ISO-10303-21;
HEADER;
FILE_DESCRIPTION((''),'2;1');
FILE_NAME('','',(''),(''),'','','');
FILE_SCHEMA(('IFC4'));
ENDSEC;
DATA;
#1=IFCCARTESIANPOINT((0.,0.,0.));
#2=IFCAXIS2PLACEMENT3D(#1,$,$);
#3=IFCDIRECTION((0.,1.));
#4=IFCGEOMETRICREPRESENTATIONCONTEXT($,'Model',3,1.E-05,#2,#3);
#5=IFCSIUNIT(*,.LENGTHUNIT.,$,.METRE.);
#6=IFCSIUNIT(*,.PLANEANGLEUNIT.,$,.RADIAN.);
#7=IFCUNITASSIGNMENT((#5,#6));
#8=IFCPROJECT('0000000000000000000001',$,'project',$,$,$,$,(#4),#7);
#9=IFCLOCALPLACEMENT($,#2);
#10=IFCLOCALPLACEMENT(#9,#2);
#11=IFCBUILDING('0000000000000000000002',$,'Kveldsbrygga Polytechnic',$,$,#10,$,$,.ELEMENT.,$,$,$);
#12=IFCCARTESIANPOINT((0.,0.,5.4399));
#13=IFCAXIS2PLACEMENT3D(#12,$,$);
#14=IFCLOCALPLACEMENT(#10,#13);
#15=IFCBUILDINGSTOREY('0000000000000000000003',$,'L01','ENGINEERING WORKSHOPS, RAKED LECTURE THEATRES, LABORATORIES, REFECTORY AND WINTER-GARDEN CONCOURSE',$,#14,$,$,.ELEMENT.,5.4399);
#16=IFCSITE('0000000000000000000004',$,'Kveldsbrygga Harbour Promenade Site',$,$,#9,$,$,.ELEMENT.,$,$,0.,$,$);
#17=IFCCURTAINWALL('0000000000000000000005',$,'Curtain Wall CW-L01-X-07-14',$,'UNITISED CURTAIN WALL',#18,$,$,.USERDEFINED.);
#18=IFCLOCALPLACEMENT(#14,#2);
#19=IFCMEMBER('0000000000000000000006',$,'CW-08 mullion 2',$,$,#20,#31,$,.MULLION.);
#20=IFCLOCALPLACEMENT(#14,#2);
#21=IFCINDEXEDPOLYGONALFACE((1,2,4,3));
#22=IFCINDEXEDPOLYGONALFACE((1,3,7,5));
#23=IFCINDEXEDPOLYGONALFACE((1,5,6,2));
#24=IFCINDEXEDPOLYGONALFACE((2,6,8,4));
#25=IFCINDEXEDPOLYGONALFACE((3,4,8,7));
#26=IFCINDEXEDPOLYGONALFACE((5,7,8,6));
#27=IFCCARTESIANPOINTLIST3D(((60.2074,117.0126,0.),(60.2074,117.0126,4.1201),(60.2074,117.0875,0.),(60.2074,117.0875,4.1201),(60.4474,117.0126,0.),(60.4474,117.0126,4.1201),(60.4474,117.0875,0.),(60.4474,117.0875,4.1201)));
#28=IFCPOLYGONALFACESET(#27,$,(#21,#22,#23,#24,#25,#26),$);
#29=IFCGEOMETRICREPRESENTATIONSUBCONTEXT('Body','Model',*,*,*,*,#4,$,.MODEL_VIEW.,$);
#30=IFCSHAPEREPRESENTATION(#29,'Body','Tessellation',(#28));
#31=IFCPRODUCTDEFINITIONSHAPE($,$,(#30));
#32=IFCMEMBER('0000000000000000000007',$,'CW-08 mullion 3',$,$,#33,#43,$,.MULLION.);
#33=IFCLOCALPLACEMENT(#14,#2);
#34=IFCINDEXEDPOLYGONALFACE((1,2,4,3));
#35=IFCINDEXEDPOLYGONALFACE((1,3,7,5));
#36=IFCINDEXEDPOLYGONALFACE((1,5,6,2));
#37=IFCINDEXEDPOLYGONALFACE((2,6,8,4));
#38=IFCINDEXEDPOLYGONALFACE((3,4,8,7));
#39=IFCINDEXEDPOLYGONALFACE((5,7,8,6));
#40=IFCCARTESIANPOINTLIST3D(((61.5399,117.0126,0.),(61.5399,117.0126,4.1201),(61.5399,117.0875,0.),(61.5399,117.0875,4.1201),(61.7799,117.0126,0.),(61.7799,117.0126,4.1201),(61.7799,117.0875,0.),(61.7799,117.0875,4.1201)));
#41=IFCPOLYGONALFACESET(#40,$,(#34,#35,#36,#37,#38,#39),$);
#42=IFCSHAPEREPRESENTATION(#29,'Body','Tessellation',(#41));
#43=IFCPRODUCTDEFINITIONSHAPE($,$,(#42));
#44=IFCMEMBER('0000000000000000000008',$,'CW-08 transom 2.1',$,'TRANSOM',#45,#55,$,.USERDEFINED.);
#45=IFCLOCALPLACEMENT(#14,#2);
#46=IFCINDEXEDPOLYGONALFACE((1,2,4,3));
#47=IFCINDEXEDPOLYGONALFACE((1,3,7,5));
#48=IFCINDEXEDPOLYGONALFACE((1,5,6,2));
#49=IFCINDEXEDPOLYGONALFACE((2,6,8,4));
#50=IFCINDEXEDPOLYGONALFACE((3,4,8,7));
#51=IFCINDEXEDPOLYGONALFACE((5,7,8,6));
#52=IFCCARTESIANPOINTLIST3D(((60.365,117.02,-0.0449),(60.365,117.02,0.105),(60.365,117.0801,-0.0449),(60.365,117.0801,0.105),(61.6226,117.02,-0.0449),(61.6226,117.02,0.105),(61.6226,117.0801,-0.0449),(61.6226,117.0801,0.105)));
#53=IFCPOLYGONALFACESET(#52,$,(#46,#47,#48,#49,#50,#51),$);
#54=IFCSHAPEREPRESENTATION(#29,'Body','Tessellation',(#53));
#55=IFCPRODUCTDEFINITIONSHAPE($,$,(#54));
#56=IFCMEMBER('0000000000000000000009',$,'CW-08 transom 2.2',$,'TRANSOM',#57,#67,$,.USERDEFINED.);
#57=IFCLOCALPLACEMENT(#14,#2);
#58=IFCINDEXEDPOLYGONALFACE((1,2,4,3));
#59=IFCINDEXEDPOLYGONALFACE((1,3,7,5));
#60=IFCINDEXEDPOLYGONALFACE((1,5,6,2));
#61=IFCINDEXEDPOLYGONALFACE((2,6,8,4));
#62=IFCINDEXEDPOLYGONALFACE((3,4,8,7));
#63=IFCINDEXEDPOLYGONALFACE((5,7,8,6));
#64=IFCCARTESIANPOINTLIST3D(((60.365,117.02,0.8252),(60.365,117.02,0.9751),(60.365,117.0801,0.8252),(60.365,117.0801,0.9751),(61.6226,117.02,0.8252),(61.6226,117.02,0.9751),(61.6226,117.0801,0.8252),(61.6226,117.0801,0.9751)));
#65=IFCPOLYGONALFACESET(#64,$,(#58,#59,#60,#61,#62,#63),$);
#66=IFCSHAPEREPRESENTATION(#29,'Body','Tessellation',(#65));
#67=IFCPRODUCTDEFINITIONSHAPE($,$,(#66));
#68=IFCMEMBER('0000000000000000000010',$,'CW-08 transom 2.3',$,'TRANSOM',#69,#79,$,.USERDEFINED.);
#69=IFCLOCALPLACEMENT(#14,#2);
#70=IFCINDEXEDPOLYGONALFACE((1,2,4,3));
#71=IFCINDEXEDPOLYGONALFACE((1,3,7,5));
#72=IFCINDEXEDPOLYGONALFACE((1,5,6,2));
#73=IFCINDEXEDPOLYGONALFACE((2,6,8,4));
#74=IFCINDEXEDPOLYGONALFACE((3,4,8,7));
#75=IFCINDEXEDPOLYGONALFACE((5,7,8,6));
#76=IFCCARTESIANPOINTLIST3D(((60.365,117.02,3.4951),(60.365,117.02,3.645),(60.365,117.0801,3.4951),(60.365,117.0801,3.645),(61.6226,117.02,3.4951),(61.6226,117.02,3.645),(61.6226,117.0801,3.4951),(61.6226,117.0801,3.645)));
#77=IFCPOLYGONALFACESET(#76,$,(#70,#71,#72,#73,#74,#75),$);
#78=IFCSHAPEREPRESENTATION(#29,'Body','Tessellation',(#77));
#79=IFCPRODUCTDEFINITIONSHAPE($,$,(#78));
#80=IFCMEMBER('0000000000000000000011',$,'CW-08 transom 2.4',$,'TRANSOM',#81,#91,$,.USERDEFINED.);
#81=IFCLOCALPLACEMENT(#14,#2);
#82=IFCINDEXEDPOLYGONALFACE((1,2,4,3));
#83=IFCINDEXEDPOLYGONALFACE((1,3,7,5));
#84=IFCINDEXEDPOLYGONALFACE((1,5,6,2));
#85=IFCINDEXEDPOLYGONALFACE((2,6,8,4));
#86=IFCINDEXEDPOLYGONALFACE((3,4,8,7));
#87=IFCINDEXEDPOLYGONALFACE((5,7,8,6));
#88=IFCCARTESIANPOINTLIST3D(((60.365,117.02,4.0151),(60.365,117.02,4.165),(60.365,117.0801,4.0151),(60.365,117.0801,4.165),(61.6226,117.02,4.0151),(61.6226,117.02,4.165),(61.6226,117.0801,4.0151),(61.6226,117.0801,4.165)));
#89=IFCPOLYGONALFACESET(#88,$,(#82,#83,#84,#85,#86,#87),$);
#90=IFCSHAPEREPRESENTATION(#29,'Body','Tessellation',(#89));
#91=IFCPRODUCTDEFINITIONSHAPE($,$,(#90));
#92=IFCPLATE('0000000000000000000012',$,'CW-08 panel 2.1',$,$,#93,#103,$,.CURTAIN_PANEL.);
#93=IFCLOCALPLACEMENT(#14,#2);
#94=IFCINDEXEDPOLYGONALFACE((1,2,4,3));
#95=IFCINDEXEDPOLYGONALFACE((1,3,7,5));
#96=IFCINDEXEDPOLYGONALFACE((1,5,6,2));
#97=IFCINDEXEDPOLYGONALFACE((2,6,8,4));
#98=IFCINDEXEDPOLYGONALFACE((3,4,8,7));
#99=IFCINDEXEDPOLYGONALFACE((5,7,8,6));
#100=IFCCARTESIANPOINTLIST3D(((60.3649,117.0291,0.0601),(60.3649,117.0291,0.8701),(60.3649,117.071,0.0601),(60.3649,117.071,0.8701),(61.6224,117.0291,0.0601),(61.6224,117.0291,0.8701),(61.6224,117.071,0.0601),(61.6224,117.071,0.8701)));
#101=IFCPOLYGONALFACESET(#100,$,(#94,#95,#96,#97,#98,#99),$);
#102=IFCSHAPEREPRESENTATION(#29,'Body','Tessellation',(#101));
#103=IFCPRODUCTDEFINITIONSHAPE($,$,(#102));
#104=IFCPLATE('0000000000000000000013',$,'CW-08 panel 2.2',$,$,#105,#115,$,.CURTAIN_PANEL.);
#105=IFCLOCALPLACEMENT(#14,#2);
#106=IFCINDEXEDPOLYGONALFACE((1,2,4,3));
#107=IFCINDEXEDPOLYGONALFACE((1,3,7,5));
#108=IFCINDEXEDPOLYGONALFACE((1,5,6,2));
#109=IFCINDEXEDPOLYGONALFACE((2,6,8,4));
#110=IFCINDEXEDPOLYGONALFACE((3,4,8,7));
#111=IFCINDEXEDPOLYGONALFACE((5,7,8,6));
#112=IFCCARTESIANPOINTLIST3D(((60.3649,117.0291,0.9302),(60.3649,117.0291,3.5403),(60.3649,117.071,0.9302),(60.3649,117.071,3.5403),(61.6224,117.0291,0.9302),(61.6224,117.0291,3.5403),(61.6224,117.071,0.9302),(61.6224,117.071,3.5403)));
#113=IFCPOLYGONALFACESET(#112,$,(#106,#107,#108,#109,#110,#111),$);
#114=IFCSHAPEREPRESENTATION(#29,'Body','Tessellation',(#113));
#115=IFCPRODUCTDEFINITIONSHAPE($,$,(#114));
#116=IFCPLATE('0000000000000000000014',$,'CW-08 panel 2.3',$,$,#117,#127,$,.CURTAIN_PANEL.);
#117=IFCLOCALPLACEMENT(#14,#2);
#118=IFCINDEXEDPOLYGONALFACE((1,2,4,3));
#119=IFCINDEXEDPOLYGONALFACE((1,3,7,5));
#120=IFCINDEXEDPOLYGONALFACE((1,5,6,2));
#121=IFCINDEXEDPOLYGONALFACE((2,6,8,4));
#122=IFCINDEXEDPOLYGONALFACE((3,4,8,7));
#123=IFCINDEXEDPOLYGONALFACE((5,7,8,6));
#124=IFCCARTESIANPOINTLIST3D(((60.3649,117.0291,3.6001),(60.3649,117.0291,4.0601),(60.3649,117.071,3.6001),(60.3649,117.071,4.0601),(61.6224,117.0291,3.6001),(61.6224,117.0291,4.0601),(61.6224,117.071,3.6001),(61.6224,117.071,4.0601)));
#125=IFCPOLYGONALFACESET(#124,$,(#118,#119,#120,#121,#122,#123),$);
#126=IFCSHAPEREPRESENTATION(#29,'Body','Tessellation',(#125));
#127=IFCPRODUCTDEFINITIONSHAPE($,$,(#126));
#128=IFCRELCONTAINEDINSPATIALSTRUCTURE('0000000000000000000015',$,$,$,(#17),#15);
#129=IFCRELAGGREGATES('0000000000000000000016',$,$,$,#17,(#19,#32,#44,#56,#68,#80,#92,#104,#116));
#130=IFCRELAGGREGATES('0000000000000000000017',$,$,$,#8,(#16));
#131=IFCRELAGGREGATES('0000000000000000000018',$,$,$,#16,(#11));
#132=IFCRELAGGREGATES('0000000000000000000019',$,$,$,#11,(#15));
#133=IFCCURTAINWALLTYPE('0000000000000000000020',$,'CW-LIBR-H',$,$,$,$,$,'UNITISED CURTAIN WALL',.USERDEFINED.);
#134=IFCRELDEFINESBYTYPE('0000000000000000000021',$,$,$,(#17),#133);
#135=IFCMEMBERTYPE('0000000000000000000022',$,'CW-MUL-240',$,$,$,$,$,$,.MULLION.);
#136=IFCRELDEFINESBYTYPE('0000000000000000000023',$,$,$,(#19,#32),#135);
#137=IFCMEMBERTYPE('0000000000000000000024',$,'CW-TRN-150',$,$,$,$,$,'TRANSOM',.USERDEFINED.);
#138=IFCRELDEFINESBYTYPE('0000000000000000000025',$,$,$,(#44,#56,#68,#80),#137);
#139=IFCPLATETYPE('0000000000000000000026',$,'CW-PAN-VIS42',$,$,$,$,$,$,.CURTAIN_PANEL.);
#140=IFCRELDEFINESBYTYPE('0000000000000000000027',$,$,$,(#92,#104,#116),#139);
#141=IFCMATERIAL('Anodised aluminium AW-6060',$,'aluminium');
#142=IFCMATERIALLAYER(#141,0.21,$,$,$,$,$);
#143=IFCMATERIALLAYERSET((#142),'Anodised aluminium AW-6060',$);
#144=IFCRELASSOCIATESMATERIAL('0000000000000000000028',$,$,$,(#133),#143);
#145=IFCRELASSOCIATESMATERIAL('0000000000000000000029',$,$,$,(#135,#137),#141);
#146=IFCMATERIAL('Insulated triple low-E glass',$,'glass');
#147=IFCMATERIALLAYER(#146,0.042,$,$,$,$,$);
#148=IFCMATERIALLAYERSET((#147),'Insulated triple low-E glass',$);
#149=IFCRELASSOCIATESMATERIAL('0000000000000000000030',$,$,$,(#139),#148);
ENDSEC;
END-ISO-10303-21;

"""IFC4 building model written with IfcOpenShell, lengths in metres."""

from ifc_helpers import new_model, si_unit, direction, frame, origin, origin_2d, place, context, subcontext, project, spatial, rectangle, extrude, material, layer, layer_set, material_profile, profile_set, type_object, element, aggregate, save


model = new_model("IFC4")

# Units and contexts
model_context = context("Model", 3, precision=1e-05, world=origin(), true_north=direction((0.0, 1.0)))
body_context = subcontext(model_context, "Body", "Model", "MODEL_VIEW")
ifc_project = project(units=[si_unit("LENGTHUNIT", "METRE"), si_unit("PLANEANGLEUNIT", "RADIAN")], contexts=[model_context])

# Site, building, storey
site_placement = place(None, origin())
site = spatial("IfcSite", under=ifc_project, at=site_placement, Name="Kveldsbrygga Harbour Promenade Site", CompositionType="ELEMENT", RefElevation=0.0)
building_placement = place(site_placement, origin())
building = spatial("IfcBuilding", under=site, at=building_placement, Name="Kveldsbrygga Polytechnic", CompositionType="ELEMENT")
storey_placement = place(building_placement, frame((0.0, 0.0, 5.4399)))
storey = spatial("IfcBuildingStorey", under=building, at=storey_placement, Name="L01", Description="ENGINEERING WORKSHOPS, RAKED LECTURE THEATRES, LABORATORIES, REFECTORY AND WINTER-GARDEN CONCOURSE", CompositionType="ELEMENT", Elevation=5.4399)

# Curtain wall, members, plates
ifc_material_1 = material(Name="Anodised aluminium AW-6060", Category="aluminium")
ifc_layer_1 = layer(ifc_material_1, 0.21)
ifc_layer_set_1 = layer_set([ifc_layer_1], Name="Anodised aluminium AW-6060")
curtain_wall_type = type_object("IfcCurtainWallType", Name="CW-LIBR-H", ElementType="UNITISED CURTAIN WALL", PredefinedType="USERDEFINED", material=ifc_layer_set_1)
curtain_wall_placement = place(storey_placement, origin())
curtain_wall = element("IfcCurtainWall", 1, at=curtain_wall_placement, inside=storey, type_object=curtain_wall_type, Name="Curtain Wall CW-L01-X-07-14", ObjectType="UNITISED CURTAIN WALL", PredefinedType="USERDEFINED")
ifc_material_profile_1 = material_profile(ifc_material_1, rectangle(XDim=0.075, YDim=0.24, at=origin_2d()), Name="ALU 75x240")
ifc_profile_set_1 = profile_set([ifc_material_profile_1], Name="Anodised aluminium AW-6060")
member_type_1 = type_object("IfcMemberType", Name="CW-MUL-240", PredefinedType="MULLION", material=ifc_profile_set_1)
member_1_placement = place(storey_placement, frame((60.3274, 117.05, 0.0), z_axis=(0.0, 0.0, 1.0), x_axis=(0.0, 1.0, 0.0)))
member_1 = element("IfcMember", 2, at=member_1_placement, type_object=member_type_1, Name="CW-08 mullion 2", PredefinedType="MULLION", context=body_context, shape_type="SweptSolid", body=[
    extrude(rectangle(XDim=0.075, YDim=0.24, at=origin_2d()), origin(), (0.0, 0.0, 1.0), 4.1201),
])
member_2_placement = place(storey_placement, frame((61.6599, 117.05, 0.0), z_axis=(0.0, 0.0, 1.0), x_axis=(0.0, 1.0, 0.0)))
member_2 = element("IfcMember", 3, at=member_2_placement, type_object=member_type_1, Name="CW-08 mullion 3", PredefinedType="MULLION", context=body_context, shape_type="SweptSolid", body=[
    extrude(rectangle(XDim=0.075, YDim=0.24, at=origin_2d()), origin(), (0.0, 0.0, 1.0), 4.1201),
])
ifc_material_profile_2 = material_profile(ifc_material_1, rectangle(XDim=0.0601, YDim=0.1499, at=origin_2d()), Name="ALU 60x150")
ifc_profile_set_2 = profile_set([ifc_material_profile_2], Name="Anodised aluminium AW-6060")
member_type_2 = type_object("IfcMemberType", Name="CW-TRN-150", ElementType="TRANSOM", PredefinedType="USERDEFINED", material=ifc_profile_set_2)
member_3_placement = place(storey_placement, frame((60.365, 117.05, 0.03), z_axis=(1.0, 0.0, 0.0), x_axis=(0.0, 1.0, 0.0)))
member_3 = element("IfcMember", 4, at=member_3_placement, type_object=member_type_2, Name="CW-08 transom 2.1", ObjectType="TRANSOM", PredefinedType="USERDEFINED", context=body_context, shape_type="SweptSolid", body=[
    extrude(rectangle(XDim=0.0601, YDim=0.1499, at=origin_2d()), origin(), (0.0, 0.0, 1.0), 1.2576),
])
member_4_placement = place(storey_placement, frame((60.365, 117.05, 0.9001), z_axis=(1.0, 0.0, 0.0), x_axis=(0.0, 1.0, 0.0)))
member_4 = element("IfcMember", 5, at=member_4_placement, type_object=member_type_2, Name="CW-08 transom 2.2", ObjectType="TRANSOM", PredefinedType="USERDEFINED", context=body_context, shape_type="SweptSolid", body=[
    extrude(rectangle(XDim=0.0601, YDim=0.1499, at=origin_2d()), origin(), (0.0, 0.0, 1.0), 1.2576),
])
member_5_placement = place(storey_placement, frame((60.365, 117.05, 3.5701), z_axis=(1.0, 0.0, 0.0), x_axis=(0.0, 1.0, 0.0)))
member_5 = element("IfcMember", 6, at=member_5_placement, type_object=member_type_2, Name="CW-08 transom 2.3", ObjectType="TRANSOM", PredefinedType="USERDEFINED", context=body_context, shape_type="SweptSolid", body=[
    extrude(rectangle(XDim=0.0601, YDim=0.1499, at=origin_2d()), origin(), (0.0, 0.0, 1.0), 1.2576),
])
member_6_placement = place(storey_placement, frame((60.365, 117.05, 4.0901), z_axis=(1.0, 0.0, 0.0), x_axis=(0.0, 1.0, 0.0)))
member_6 = element("IfcMember", 7, at=member_6_placement, type_object=member_type_2, Name="CW-08 transom 2.4", ObjectType="TRANSOM", PredefinedType="USERDEFINED", context=body_context, shape_type="SweptSolid", body=[
    extrude(rectangle(XDim=0.0601, YDim=0.1499, at=origin_2d()), origin(), (0.0, 0.0, 1.0), 1.2576),
])
ifc_material_2 = material(Name="Insulated triple low-E glass", Category="glass")
ifc_layer_2 = layer(ifc_material_2, 0.042)
ifc_layer_set_2 = layer_set([ifc_layer_2], Name="Insulated triple low-E glass")
plate_type = type_object("IfcPlateType", Name="CW-PAN-VIS42", PredefinedType="CURTAIN_PANEL", material=ifc_layer_set_2)
plate_1_placement = place(storey_placement, frame((60.9937, 117.05, 0.0601), z_axis=(0.0, 0.0, 1.0), x_axis=(1.0, 0.0, 0.0)))
plate_1 = element("IfcPlate", 8, at=plate_1_placement, type_object=plate_type, Name="CW-08 panel 2.1", PredefinedType="CURTAIN_PANEL", context=body_context, shape_type="SweptSolid", body=[
    extrude(rectangle(XDim=1.2576, YDim=0.042, at=origin_2d()), origin(), (0.0, 0.0, 1.0), 0.8101),
])
plate_2_placement = place(storey_placement, frame((60.9937, 117.05, 0.9302), z_axis=(0.0, 0.0, 1.0), x_axis=(1.0, 0.0, 0.0)))
plate_2 = element("IfcPlate", 9, at=plate_2_placement, type_object=plate_type, Name="CW-08 panel 2.2", PredefinedType="CURTAIN_PANEL", context=body_context, shape_type="SweptSolid", body=[
    extrude(rectangle(XDim=1.2576, YDim=0.042, at=origin_2d()), origin(), (0.0, 0.0, 1.0), 2.6101),
])
plate_3_placement = place(storey_placement, frame((60.9937, 117.05, 3.6001), z_axis=(0.0, 0.0, 1.0), x_axis=(1.0, 0.0, 0.0)))
plate_3 = element("IfcPlate", 10, at=plate_3_placement, type_object=plate_type, Name="CW-08 panel 2.3", PredefinedType="CURTAIN_PANEL", context=body_context, shape_type="SweptSolid", body=[
    extrude(rectangle(XDim=1.2576, YDim=0.042, at=origin_2d()), origin(), (0.0, 0.0, 1.0), 0.46),
])
aggregate(curtain_wall, [member_1, member_2, member_3, member_4, member_5, member_6, plate_1, plate_2, plate_3])

save(model, "model.ifc")
